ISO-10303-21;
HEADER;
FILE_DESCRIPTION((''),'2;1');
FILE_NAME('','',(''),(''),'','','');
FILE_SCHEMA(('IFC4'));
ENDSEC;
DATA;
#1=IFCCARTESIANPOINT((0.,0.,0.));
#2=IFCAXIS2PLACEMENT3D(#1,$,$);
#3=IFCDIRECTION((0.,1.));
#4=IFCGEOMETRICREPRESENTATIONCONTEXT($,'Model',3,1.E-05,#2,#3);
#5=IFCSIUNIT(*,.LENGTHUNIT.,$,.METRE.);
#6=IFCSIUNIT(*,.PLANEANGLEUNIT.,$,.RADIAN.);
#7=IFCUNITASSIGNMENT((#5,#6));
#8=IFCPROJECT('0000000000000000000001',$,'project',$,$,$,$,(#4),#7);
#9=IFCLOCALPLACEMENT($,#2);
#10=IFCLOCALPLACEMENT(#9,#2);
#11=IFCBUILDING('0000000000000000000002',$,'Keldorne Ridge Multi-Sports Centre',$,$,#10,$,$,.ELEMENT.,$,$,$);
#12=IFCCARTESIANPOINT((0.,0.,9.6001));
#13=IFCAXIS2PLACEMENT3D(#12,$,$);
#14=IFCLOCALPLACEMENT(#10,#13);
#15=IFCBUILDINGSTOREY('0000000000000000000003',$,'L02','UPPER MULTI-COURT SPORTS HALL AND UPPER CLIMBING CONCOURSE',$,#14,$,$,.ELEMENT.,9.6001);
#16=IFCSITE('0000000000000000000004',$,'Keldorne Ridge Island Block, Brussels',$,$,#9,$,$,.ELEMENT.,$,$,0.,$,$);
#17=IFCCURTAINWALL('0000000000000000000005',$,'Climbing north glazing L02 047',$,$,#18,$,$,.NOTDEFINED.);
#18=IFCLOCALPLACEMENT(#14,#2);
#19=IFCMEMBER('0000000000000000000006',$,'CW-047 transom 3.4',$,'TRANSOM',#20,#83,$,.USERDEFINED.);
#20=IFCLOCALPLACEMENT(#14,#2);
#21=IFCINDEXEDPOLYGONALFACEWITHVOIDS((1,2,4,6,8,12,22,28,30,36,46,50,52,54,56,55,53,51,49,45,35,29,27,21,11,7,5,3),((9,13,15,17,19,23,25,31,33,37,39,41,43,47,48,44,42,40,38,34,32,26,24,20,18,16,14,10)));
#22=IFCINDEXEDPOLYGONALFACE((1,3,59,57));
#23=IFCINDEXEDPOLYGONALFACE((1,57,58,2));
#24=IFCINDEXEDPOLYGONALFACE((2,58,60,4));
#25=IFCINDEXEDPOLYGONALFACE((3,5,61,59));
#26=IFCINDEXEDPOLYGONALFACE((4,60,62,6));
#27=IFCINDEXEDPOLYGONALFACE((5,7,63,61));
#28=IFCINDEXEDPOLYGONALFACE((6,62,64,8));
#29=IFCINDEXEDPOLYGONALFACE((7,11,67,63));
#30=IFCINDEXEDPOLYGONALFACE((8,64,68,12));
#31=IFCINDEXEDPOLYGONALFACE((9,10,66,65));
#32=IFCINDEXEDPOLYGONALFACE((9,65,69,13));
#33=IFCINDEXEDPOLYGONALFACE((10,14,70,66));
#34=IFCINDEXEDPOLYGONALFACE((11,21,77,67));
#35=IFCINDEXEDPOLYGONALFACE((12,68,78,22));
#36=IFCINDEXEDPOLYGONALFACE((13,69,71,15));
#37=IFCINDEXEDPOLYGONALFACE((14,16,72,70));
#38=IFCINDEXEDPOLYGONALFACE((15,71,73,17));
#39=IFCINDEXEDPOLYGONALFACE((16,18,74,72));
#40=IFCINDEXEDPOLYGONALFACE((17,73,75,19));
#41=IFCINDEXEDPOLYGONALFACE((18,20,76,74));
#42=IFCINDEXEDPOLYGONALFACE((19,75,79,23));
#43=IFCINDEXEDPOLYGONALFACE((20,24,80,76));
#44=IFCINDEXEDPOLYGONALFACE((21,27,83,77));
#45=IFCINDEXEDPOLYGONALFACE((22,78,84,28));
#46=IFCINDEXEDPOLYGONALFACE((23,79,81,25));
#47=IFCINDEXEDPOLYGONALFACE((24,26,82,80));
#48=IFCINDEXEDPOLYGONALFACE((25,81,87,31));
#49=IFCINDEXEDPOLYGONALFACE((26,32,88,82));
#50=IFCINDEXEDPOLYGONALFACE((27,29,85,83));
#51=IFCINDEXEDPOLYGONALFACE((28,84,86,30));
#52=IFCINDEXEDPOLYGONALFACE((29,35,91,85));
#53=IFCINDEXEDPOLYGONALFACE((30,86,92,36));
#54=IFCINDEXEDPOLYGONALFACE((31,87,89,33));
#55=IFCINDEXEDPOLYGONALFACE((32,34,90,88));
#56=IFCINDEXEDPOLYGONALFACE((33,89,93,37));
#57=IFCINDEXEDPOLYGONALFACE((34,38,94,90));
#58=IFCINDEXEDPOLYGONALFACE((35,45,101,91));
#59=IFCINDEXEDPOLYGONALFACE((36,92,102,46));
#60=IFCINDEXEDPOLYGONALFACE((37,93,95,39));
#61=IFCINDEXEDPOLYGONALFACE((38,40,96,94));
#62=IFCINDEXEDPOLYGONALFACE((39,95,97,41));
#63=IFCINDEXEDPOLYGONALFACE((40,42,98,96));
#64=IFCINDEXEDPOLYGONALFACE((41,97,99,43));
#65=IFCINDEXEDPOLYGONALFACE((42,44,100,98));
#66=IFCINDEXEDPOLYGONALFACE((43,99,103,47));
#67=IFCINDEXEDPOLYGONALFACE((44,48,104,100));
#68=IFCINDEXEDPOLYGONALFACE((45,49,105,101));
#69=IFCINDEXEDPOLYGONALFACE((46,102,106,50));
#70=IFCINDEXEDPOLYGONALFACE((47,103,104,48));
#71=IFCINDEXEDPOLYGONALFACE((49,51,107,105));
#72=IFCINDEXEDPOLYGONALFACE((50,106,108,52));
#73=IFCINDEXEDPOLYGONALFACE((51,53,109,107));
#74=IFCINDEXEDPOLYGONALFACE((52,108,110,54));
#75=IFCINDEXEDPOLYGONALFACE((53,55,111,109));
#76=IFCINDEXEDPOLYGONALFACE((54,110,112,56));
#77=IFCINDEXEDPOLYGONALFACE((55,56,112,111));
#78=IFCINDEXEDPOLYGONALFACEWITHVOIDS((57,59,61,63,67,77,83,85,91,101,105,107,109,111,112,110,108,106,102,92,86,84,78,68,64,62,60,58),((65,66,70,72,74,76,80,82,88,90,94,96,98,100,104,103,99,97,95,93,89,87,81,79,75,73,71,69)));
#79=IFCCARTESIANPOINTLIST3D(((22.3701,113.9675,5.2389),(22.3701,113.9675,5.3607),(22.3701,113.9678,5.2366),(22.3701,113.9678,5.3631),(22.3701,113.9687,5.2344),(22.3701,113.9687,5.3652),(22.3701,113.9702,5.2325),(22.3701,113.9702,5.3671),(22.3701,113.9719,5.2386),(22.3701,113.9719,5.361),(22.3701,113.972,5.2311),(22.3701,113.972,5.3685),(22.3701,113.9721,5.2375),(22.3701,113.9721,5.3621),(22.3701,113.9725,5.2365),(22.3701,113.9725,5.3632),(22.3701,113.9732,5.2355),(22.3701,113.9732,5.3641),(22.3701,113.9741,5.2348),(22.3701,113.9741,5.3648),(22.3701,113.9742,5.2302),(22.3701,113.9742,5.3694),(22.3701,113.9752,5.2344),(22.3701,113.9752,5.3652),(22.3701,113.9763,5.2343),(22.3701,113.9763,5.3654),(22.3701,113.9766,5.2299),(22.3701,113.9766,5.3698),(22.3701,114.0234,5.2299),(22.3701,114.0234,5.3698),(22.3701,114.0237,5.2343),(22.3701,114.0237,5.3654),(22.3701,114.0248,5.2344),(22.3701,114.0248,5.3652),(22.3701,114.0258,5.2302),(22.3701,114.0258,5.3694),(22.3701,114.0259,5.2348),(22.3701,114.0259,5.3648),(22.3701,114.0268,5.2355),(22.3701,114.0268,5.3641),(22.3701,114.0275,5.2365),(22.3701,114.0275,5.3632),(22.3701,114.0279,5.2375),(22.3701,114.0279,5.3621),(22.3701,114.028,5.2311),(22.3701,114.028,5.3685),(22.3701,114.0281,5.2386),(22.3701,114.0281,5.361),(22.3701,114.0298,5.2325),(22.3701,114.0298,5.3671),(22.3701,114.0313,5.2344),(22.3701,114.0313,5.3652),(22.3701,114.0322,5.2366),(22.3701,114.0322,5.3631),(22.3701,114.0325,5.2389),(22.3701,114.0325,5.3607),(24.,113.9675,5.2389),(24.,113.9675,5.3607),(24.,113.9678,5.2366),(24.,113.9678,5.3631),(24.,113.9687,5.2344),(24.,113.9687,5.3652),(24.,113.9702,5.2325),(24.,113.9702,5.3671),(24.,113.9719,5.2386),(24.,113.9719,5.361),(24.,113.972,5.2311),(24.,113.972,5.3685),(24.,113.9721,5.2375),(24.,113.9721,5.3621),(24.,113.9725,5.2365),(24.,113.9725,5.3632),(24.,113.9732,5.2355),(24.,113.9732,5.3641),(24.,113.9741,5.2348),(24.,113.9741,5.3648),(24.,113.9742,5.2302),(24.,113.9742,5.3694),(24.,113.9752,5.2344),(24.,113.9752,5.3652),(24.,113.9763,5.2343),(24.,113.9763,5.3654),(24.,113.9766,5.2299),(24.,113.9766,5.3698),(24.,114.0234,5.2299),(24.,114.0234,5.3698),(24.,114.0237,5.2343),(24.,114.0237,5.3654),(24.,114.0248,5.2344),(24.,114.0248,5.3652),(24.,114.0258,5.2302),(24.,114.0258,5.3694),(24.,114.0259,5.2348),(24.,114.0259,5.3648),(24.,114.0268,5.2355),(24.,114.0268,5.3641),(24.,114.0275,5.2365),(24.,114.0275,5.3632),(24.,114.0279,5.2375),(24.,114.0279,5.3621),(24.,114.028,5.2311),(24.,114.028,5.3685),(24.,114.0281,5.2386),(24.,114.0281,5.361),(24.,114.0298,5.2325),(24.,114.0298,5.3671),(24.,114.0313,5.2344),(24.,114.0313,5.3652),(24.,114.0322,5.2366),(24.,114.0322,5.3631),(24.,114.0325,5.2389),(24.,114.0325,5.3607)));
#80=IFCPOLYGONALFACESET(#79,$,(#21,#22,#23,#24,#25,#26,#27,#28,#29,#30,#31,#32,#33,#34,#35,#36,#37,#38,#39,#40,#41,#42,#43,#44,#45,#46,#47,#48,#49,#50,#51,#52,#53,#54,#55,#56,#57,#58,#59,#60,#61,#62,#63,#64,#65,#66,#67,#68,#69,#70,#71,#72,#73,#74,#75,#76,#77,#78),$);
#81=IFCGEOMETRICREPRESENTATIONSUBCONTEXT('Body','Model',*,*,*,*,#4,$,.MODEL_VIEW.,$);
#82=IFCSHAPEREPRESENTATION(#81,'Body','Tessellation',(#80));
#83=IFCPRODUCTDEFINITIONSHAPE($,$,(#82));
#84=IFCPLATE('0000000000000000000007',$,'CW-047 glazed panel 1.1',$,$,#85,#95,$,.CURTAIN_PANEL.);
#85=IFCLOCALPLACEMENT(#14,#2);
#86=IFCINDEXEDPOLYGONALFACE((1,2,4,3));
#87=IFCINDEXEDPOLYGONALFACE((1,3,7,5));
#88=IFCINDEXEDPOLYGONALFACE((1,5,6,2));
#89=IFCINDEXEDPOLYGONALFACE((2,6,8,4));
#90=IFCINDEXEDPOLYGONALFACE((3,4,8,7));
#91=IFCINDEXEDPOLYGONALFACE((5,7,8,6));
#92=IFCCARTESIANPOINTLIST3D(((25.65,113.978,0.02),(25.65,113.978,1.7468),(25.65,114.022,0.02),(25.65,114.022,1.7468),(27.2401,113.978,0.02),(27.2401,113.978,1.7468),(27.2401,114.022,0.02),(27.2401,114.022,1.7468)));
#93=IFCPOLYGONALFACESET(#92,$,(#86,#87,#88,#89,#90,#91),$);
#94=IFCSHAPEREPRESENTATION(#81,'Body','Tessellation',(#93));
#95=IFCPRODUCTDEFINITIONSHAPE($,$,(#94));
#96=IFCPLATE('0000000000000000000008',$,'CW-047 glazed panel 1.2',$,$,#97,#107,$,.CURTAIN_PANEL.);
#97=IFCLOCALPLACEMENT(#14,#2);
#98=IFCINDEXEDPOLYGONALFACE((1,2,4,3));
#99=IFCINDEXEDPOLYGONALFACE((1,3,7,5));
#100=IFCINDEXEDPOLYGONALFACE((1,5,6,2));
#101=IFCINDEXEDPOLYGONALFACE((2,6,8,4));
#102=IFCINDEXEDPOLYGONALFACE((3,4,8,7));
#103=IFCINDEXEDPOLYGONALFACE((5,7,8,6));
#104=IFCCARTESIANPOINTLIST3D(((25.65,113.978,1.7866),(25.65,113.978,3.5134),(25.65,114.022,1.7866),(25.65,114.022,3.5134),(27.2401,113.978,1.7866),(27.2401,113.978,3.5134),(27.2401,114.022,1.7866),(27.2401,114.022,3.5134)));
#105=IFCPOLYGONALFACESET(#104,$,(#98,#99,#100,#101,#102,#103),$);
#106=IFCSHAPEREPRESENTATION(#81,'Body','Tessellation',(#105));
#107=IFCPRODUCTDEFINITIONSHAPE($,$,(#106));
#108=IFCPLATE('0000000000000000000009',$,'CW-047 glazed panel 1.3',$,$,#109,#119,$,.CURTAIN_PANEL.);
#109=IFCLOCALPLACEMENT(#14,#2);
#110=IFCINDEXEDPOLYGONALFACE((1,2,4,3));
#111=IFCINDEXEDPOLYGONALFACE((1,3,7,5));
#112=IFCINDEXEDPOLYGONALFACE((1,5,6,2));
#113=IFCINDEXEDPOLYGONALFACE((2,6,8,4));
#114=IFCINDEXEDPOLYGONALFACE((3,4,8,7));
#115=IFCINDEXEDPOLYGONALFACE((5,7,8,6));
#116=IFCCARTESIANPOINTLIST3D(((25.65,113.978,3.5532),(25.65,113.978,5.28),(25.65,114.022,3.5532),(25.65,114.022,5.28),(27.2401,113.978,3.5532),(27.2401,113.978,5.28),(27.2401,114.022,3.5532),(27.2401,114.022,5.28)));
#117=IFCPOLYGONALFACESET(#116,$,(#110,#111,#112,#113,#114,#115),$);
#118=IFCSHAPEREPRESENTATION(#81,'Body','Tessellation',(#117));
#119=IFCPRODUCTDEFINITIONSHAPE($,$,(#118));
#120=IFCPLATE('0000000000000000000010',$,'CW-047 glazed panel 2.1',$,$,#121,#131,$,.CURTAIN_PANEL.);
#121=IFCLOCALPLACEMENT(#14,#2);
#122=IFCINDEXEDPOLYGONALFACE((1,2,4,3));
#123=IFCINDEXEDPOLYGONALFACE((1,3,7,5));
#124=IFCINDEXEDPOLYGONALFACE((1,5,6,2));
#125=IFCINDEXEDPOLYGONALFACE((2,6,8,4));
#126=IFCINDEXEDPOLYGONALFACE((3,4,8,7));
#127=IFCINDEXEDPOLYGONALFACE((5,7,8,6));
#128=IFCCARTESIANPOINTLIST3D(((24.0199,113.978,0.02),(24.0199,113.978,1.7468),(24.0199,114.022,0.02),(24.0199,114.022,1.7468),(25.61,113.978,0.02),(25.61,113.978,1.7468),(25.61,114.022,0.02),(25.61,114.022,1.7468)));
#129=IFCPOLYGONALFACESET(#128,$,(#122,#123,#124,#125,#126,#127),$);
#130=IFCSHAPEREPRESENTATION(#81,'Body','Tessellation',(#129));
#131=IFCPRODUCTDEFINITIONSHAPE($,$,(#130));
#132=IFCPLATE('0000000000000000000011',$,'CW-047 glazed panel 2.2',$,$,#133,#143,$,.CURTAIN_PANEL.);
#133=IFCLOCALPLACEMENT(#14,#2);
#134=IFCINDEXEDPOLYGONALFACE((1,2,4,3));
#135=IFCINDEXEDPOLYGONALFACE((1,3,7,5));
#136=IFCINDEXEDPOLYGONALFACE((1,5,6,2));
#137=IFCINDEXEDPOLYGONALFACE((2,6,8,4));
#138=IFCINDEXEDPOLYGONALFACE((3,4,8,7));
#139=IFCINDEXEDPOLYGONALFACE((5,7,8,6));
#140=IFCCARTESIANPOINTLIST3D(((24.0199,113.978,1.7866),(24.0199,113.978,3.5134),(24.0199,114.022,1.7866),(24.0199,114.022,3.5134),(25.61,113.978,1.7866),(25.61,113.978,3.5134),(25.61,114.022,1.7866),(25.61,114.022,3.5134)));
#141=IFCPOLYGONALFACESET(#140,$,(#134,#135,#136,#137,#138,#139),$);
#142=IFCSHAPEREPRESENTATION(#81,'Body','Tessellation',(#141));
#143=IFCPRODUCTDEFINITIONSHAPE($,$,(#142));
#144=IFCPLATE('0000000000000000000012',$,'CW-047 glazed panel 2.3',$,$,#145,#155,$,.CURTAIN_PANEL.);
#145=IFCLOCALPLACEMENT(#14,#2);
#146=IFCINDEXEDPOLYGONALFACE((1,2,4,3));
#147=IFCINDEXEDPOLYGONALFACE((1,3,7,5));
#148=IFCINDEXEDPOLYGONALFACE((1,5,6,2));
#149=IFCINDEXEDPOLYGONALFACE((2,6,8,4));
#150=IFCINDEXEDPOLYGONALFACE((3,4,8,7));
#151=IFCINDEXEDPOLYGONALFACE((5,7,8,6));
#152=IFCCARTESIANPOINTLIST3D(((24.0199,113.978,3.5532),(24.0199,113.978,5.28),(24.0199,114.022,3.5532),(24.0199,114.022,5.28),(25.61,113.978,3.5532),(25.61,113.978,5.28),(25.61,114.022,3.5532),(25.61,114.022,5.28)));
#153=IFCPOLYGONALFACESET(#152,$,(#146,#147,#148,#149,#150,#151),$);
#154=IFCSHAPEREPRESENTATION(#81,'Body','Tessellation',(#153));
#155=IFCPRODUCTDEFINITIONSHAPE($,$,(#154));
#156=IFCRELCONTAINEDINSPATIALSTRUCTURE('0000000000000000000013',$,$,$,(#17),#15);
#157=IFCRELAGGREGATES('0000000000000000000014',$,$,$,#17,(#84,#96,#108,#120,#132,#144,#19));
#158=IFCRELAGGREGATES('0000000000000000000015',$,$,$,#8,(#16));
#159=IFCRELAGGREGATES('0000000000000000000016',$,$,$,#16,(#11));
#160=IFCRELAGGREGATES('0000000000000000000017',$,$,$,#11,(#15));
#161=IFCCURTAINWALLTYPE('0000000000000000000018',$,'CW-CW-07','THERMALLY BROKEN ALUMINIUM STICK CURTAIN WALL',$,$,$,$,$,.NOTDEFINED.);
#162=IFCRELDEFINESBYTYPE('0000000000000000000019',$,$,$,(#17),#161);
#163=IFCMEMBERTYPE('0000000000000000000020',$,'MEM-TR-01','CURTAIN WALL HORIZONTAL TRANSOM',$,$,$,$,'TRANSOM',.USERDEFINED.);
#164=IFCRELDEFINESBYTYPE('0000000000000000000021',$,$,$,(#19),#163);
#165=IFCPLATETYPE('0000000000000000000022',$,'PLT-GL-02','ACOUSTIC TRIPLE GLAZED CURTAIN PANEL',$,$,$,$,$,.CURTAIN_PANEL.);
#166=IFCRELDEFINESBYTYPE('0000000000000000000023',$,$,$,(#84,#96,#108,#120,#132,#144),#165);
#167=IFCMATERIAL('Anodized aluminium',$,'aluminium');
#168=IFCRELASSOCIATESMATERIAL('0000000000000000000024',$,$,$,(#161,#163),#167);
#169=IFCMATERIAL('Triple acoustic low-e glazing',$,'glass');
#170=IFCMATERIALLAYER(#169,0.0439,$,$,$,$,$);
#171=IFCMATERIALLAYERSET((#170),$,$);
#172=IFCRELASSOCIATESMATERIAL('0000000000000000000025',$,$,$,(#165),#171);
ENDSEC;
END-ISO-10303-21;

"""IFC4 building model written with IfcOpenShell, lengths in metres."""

from ifc_helpers import new_model, si_unit, direction, frame, origin, origin_2d, place, context, subcontext, project, spatial, rectangle, hollow_rectangle, extrude, material, layer, layer_set, material_profile, profile_set, type_object, element, aggregate, save


model = new_model("IFC4")

# Units and contexts
model_context = context("Model", 3, precision=1e-05, world=origin(), true_north=direction((0.0, 1.0)))
body_context = subcontext(model_context, "Body", "Model", "MODEL_VIEW")
ifc_project = project(units=[si_unit("LENGTHUNIT", "METRE"), si_unit("PLANEANGLEUNIT", "RADIAN")], contexts=[model_context])

# Site, building, storey
site_placement = place(None, origin())
site = spatial("IfcSite", under=ifc_project, at=site_placement, Name="Keldorne Ridge Island Block, Brussels", CompositionType="ELEMENT", RefElevation=0.0)
building_placement = place(site_placement, origin())
building = spatial("IfcBuilding", under=site, at=building_placement, Name="Keldorne Ridge Multi-Sports Centre", CompositionType="ELEMENT")
storey_placement = place(building_placement, frame((0.0, 0.0, 9.6001)))
storey = spatial("IfcBuildingStorey", under=building, at=storey_placement, Name="L02", Description="UPPER MULTI-COURT SPORTS HALL AND UPPER CLIMBING CONCOURSE", CompositionType="ELEMENT", Elevation=9.6001)

# Curtain wall
ifc_material_1 = material(Name="Anodized aluminium", Category="aluminium")
curtain_wall_type = type_object("IfcCurtainWallType", Name="CW-CW-07", Description="THERMALLY BROKEN ALUMINIUM STICK CURTAIN WALL", PredefinedType="NOTDEFINED", material=ifc_material_1)
curtain_wall_placement = place(storey_placement, origin())
curtain_wall = element("IfcCurtainWall", 1, at=curtain_wall_placement, inside=storey, type_object=curtain_wall_type, Name="Climbing north glazing L02 047", PredefinedType="NOTDEFINED")

# Member
ifc_material_profile_1 = material_profile(ifc_material_1, hollow_rectangle(XDim=0.0649, YDim=0.1399, WallThickness=0.0044, InnerFilletRadius=0.0044, OuterFilletRadius=0.009, at=origin_2d()), Name="ALU TRANSOM 140x65x4.5")
ifc_profile_set_1 = profile_set([ifc_material_profile_1], Name="Anodized aluminium")
member_type_1 = type_object("IfcMemberType", Name="MEM-TR-01", Description="CURTAIN WALL HORIZONTAL TRANSOM", ElementType="TRANSOM", PredefinedType="USERDEFINED", material=ifc_profile_set_1)
member_1_placement = place(storey_placement, frame((24.0, 114.0, 5.2998), z_axis=(-1.0, 0.0, 0.0), x_axis=(0.0, -1.0, 0.0)))
member_1 = element("IfcMember", 2, at=member_1_placement, type_object=member_type_1, Name="CW-047 transom 3.4", ObjectType="TRANSOM", PredefinedType="USERDEFINED", context=body_context, shape_type="SweptSolid", body=[
    extrude(hollow_rectangle(XDim=0.0649, YDim=0.1399, WallThickness=0.0044, InnerFilletRadius=0.0044, OuterFilletRadius=0.009, at=origin_2d()), origin(), (0.0, 0.0, 1.0), 1.6299),
])

# Plates
ifc_material_2 = material(Name="Triple acoustic low-e glazing", Category="glass")
ifc_layer = layer(ifc_material_2, 0.0439)
ifc_layer_set = layer_set([ifc_layer])
plate_type = type_object("IfcPlateType", Name="PLT-GL-02", Description="ACOUSTIC TRIPLE GLAZED CURTAIN PANEL", PredefinedType="CURTAIN_PANEL", material=ifc_layer_set)
plate_1_placement = place(storey_placement, frame((26.4451, 114.0, 0.02), z_axis=(0.0, 0.0, 1.0), x_axis=(-1.0, 0.0, 0.0)))
plate_1 = element("IfcPlate", 3, at=plate_1_placement, type_object=plate_type, Name="CW-047 glazed panel 1.1", PredefinedType="CURTAIN_PANEL", context=body_context, shape_type="SweptSolid", body=[
    extrude(rectangle(XDim=1.5901, YDim=0.0439, at=origin_2d()), origin(), (0.0, 0.0, 1.0), 1.7268),
])
plate_2_placement = place(storey_placement, frame((26.4451, 114.0, 1.7866), z_axis=(0.0, 0.0, 1.0), x_axis=(-1.0, 0.0, 0.0)))
plate_2 = element("IfcPlate", 4, at=plate_2_placement, type_object=plate_type, Name="CW-047 glazed panel 1.2", PredefinedType="CURTAIN_PANEL", context=body_context, shape_type="SweptSolid", body=[
    extrude(rectangle(XDim=1.5901, YDim=0.0439, at=origin_2d()), origin(), (0.0, 0.0, 1.0), 1.7268),
])
plate_3_placement = place(storey_placement, frame((26.4451, 114.0, 3.5532), z_axis=(0.0, 0.0, 1.0), x_axis=(-1.0, 0.0, 0.0)))
plate_3 = element("IfcPlate", 5, at=plate_3_placement, type_object=plate_type, Name="CW-047 glazed panel 1.3", PredefinedType="CURTAIN_PANEL", context=body_context, shape_type="SweptSolid", body=[
    extrude(rectangle(XDim=1.5901, YDim=0.0439, at=origin_2d()), origin(), (0.0, 0.0, 1.0), 1.7268),
])
plate_4_placement = place(storey_placement, frame((24.8149, 114.0, 0.02), z_axis=(0.0, 0.0, 1.0), x_axis=(-1.0, 0.0, 0.0)))
plate_4 = element("IfcPlate", 6, at=plate_4_placement, type_object=plate_type, Name="CW-047 glazed panel 2.1", PredefinedType="CURTAIN_PANEL", context=body_context, shape_type="SweptSolid", body=[
    extrude(rectangle(XDim=1.5901, YDim=0.0439, at=origin_2d()), origin(), (0.0, 0.0, 1.0), 1.7268),
])
plate_5_placement = place(storey_placement, frame((24.8149, 114.0, 1.7866), z_axis=(0.0, 0.0, 1.0), x_axis=(-1.0, 0.0, 0.0)))
plate_5 = element("IfcPlate", 7, at=plate_5_placement, type_object=plate_type, Name="CW-047 glazed panel 2.2", PredefinedType="CURTAIN_PANEL", context=body_context, shape_type="SweptSolid", body=[
    extrude(rectangle(XDim=1.5901, YDim=0.0439, at=origin_2d()), origin(), (0.0, 0.0, 1.0), 1.7268),
])
plate_6_placement = place(storey_placement, frame((24.8149, 114.0, 3.5532), z_axis=(0.0, 0.0, 1.0), x_axis=(-1.0, 0.0, 0.0)))
plate_6 = element("IfcPlate", 8, at=plate_6_placement, type_object=plate_type, Name="CW-047 glazed panel 2.3", PredefinedType="CURTAIN_PANEL", context=body_context, shape_type="SweptSolid", body=[
    extrude(rectangle(XDim=1.5901, YDim=0.0439, at=origin_2d()), origin(), (0.0, 0.0, 1.0), 1.7268),
])
aggregate(curtain_wall, [plate_1, plate_2, plate_3, plate_4, plate_5, plate_6, member_1])

save(model, "model.ifc")
